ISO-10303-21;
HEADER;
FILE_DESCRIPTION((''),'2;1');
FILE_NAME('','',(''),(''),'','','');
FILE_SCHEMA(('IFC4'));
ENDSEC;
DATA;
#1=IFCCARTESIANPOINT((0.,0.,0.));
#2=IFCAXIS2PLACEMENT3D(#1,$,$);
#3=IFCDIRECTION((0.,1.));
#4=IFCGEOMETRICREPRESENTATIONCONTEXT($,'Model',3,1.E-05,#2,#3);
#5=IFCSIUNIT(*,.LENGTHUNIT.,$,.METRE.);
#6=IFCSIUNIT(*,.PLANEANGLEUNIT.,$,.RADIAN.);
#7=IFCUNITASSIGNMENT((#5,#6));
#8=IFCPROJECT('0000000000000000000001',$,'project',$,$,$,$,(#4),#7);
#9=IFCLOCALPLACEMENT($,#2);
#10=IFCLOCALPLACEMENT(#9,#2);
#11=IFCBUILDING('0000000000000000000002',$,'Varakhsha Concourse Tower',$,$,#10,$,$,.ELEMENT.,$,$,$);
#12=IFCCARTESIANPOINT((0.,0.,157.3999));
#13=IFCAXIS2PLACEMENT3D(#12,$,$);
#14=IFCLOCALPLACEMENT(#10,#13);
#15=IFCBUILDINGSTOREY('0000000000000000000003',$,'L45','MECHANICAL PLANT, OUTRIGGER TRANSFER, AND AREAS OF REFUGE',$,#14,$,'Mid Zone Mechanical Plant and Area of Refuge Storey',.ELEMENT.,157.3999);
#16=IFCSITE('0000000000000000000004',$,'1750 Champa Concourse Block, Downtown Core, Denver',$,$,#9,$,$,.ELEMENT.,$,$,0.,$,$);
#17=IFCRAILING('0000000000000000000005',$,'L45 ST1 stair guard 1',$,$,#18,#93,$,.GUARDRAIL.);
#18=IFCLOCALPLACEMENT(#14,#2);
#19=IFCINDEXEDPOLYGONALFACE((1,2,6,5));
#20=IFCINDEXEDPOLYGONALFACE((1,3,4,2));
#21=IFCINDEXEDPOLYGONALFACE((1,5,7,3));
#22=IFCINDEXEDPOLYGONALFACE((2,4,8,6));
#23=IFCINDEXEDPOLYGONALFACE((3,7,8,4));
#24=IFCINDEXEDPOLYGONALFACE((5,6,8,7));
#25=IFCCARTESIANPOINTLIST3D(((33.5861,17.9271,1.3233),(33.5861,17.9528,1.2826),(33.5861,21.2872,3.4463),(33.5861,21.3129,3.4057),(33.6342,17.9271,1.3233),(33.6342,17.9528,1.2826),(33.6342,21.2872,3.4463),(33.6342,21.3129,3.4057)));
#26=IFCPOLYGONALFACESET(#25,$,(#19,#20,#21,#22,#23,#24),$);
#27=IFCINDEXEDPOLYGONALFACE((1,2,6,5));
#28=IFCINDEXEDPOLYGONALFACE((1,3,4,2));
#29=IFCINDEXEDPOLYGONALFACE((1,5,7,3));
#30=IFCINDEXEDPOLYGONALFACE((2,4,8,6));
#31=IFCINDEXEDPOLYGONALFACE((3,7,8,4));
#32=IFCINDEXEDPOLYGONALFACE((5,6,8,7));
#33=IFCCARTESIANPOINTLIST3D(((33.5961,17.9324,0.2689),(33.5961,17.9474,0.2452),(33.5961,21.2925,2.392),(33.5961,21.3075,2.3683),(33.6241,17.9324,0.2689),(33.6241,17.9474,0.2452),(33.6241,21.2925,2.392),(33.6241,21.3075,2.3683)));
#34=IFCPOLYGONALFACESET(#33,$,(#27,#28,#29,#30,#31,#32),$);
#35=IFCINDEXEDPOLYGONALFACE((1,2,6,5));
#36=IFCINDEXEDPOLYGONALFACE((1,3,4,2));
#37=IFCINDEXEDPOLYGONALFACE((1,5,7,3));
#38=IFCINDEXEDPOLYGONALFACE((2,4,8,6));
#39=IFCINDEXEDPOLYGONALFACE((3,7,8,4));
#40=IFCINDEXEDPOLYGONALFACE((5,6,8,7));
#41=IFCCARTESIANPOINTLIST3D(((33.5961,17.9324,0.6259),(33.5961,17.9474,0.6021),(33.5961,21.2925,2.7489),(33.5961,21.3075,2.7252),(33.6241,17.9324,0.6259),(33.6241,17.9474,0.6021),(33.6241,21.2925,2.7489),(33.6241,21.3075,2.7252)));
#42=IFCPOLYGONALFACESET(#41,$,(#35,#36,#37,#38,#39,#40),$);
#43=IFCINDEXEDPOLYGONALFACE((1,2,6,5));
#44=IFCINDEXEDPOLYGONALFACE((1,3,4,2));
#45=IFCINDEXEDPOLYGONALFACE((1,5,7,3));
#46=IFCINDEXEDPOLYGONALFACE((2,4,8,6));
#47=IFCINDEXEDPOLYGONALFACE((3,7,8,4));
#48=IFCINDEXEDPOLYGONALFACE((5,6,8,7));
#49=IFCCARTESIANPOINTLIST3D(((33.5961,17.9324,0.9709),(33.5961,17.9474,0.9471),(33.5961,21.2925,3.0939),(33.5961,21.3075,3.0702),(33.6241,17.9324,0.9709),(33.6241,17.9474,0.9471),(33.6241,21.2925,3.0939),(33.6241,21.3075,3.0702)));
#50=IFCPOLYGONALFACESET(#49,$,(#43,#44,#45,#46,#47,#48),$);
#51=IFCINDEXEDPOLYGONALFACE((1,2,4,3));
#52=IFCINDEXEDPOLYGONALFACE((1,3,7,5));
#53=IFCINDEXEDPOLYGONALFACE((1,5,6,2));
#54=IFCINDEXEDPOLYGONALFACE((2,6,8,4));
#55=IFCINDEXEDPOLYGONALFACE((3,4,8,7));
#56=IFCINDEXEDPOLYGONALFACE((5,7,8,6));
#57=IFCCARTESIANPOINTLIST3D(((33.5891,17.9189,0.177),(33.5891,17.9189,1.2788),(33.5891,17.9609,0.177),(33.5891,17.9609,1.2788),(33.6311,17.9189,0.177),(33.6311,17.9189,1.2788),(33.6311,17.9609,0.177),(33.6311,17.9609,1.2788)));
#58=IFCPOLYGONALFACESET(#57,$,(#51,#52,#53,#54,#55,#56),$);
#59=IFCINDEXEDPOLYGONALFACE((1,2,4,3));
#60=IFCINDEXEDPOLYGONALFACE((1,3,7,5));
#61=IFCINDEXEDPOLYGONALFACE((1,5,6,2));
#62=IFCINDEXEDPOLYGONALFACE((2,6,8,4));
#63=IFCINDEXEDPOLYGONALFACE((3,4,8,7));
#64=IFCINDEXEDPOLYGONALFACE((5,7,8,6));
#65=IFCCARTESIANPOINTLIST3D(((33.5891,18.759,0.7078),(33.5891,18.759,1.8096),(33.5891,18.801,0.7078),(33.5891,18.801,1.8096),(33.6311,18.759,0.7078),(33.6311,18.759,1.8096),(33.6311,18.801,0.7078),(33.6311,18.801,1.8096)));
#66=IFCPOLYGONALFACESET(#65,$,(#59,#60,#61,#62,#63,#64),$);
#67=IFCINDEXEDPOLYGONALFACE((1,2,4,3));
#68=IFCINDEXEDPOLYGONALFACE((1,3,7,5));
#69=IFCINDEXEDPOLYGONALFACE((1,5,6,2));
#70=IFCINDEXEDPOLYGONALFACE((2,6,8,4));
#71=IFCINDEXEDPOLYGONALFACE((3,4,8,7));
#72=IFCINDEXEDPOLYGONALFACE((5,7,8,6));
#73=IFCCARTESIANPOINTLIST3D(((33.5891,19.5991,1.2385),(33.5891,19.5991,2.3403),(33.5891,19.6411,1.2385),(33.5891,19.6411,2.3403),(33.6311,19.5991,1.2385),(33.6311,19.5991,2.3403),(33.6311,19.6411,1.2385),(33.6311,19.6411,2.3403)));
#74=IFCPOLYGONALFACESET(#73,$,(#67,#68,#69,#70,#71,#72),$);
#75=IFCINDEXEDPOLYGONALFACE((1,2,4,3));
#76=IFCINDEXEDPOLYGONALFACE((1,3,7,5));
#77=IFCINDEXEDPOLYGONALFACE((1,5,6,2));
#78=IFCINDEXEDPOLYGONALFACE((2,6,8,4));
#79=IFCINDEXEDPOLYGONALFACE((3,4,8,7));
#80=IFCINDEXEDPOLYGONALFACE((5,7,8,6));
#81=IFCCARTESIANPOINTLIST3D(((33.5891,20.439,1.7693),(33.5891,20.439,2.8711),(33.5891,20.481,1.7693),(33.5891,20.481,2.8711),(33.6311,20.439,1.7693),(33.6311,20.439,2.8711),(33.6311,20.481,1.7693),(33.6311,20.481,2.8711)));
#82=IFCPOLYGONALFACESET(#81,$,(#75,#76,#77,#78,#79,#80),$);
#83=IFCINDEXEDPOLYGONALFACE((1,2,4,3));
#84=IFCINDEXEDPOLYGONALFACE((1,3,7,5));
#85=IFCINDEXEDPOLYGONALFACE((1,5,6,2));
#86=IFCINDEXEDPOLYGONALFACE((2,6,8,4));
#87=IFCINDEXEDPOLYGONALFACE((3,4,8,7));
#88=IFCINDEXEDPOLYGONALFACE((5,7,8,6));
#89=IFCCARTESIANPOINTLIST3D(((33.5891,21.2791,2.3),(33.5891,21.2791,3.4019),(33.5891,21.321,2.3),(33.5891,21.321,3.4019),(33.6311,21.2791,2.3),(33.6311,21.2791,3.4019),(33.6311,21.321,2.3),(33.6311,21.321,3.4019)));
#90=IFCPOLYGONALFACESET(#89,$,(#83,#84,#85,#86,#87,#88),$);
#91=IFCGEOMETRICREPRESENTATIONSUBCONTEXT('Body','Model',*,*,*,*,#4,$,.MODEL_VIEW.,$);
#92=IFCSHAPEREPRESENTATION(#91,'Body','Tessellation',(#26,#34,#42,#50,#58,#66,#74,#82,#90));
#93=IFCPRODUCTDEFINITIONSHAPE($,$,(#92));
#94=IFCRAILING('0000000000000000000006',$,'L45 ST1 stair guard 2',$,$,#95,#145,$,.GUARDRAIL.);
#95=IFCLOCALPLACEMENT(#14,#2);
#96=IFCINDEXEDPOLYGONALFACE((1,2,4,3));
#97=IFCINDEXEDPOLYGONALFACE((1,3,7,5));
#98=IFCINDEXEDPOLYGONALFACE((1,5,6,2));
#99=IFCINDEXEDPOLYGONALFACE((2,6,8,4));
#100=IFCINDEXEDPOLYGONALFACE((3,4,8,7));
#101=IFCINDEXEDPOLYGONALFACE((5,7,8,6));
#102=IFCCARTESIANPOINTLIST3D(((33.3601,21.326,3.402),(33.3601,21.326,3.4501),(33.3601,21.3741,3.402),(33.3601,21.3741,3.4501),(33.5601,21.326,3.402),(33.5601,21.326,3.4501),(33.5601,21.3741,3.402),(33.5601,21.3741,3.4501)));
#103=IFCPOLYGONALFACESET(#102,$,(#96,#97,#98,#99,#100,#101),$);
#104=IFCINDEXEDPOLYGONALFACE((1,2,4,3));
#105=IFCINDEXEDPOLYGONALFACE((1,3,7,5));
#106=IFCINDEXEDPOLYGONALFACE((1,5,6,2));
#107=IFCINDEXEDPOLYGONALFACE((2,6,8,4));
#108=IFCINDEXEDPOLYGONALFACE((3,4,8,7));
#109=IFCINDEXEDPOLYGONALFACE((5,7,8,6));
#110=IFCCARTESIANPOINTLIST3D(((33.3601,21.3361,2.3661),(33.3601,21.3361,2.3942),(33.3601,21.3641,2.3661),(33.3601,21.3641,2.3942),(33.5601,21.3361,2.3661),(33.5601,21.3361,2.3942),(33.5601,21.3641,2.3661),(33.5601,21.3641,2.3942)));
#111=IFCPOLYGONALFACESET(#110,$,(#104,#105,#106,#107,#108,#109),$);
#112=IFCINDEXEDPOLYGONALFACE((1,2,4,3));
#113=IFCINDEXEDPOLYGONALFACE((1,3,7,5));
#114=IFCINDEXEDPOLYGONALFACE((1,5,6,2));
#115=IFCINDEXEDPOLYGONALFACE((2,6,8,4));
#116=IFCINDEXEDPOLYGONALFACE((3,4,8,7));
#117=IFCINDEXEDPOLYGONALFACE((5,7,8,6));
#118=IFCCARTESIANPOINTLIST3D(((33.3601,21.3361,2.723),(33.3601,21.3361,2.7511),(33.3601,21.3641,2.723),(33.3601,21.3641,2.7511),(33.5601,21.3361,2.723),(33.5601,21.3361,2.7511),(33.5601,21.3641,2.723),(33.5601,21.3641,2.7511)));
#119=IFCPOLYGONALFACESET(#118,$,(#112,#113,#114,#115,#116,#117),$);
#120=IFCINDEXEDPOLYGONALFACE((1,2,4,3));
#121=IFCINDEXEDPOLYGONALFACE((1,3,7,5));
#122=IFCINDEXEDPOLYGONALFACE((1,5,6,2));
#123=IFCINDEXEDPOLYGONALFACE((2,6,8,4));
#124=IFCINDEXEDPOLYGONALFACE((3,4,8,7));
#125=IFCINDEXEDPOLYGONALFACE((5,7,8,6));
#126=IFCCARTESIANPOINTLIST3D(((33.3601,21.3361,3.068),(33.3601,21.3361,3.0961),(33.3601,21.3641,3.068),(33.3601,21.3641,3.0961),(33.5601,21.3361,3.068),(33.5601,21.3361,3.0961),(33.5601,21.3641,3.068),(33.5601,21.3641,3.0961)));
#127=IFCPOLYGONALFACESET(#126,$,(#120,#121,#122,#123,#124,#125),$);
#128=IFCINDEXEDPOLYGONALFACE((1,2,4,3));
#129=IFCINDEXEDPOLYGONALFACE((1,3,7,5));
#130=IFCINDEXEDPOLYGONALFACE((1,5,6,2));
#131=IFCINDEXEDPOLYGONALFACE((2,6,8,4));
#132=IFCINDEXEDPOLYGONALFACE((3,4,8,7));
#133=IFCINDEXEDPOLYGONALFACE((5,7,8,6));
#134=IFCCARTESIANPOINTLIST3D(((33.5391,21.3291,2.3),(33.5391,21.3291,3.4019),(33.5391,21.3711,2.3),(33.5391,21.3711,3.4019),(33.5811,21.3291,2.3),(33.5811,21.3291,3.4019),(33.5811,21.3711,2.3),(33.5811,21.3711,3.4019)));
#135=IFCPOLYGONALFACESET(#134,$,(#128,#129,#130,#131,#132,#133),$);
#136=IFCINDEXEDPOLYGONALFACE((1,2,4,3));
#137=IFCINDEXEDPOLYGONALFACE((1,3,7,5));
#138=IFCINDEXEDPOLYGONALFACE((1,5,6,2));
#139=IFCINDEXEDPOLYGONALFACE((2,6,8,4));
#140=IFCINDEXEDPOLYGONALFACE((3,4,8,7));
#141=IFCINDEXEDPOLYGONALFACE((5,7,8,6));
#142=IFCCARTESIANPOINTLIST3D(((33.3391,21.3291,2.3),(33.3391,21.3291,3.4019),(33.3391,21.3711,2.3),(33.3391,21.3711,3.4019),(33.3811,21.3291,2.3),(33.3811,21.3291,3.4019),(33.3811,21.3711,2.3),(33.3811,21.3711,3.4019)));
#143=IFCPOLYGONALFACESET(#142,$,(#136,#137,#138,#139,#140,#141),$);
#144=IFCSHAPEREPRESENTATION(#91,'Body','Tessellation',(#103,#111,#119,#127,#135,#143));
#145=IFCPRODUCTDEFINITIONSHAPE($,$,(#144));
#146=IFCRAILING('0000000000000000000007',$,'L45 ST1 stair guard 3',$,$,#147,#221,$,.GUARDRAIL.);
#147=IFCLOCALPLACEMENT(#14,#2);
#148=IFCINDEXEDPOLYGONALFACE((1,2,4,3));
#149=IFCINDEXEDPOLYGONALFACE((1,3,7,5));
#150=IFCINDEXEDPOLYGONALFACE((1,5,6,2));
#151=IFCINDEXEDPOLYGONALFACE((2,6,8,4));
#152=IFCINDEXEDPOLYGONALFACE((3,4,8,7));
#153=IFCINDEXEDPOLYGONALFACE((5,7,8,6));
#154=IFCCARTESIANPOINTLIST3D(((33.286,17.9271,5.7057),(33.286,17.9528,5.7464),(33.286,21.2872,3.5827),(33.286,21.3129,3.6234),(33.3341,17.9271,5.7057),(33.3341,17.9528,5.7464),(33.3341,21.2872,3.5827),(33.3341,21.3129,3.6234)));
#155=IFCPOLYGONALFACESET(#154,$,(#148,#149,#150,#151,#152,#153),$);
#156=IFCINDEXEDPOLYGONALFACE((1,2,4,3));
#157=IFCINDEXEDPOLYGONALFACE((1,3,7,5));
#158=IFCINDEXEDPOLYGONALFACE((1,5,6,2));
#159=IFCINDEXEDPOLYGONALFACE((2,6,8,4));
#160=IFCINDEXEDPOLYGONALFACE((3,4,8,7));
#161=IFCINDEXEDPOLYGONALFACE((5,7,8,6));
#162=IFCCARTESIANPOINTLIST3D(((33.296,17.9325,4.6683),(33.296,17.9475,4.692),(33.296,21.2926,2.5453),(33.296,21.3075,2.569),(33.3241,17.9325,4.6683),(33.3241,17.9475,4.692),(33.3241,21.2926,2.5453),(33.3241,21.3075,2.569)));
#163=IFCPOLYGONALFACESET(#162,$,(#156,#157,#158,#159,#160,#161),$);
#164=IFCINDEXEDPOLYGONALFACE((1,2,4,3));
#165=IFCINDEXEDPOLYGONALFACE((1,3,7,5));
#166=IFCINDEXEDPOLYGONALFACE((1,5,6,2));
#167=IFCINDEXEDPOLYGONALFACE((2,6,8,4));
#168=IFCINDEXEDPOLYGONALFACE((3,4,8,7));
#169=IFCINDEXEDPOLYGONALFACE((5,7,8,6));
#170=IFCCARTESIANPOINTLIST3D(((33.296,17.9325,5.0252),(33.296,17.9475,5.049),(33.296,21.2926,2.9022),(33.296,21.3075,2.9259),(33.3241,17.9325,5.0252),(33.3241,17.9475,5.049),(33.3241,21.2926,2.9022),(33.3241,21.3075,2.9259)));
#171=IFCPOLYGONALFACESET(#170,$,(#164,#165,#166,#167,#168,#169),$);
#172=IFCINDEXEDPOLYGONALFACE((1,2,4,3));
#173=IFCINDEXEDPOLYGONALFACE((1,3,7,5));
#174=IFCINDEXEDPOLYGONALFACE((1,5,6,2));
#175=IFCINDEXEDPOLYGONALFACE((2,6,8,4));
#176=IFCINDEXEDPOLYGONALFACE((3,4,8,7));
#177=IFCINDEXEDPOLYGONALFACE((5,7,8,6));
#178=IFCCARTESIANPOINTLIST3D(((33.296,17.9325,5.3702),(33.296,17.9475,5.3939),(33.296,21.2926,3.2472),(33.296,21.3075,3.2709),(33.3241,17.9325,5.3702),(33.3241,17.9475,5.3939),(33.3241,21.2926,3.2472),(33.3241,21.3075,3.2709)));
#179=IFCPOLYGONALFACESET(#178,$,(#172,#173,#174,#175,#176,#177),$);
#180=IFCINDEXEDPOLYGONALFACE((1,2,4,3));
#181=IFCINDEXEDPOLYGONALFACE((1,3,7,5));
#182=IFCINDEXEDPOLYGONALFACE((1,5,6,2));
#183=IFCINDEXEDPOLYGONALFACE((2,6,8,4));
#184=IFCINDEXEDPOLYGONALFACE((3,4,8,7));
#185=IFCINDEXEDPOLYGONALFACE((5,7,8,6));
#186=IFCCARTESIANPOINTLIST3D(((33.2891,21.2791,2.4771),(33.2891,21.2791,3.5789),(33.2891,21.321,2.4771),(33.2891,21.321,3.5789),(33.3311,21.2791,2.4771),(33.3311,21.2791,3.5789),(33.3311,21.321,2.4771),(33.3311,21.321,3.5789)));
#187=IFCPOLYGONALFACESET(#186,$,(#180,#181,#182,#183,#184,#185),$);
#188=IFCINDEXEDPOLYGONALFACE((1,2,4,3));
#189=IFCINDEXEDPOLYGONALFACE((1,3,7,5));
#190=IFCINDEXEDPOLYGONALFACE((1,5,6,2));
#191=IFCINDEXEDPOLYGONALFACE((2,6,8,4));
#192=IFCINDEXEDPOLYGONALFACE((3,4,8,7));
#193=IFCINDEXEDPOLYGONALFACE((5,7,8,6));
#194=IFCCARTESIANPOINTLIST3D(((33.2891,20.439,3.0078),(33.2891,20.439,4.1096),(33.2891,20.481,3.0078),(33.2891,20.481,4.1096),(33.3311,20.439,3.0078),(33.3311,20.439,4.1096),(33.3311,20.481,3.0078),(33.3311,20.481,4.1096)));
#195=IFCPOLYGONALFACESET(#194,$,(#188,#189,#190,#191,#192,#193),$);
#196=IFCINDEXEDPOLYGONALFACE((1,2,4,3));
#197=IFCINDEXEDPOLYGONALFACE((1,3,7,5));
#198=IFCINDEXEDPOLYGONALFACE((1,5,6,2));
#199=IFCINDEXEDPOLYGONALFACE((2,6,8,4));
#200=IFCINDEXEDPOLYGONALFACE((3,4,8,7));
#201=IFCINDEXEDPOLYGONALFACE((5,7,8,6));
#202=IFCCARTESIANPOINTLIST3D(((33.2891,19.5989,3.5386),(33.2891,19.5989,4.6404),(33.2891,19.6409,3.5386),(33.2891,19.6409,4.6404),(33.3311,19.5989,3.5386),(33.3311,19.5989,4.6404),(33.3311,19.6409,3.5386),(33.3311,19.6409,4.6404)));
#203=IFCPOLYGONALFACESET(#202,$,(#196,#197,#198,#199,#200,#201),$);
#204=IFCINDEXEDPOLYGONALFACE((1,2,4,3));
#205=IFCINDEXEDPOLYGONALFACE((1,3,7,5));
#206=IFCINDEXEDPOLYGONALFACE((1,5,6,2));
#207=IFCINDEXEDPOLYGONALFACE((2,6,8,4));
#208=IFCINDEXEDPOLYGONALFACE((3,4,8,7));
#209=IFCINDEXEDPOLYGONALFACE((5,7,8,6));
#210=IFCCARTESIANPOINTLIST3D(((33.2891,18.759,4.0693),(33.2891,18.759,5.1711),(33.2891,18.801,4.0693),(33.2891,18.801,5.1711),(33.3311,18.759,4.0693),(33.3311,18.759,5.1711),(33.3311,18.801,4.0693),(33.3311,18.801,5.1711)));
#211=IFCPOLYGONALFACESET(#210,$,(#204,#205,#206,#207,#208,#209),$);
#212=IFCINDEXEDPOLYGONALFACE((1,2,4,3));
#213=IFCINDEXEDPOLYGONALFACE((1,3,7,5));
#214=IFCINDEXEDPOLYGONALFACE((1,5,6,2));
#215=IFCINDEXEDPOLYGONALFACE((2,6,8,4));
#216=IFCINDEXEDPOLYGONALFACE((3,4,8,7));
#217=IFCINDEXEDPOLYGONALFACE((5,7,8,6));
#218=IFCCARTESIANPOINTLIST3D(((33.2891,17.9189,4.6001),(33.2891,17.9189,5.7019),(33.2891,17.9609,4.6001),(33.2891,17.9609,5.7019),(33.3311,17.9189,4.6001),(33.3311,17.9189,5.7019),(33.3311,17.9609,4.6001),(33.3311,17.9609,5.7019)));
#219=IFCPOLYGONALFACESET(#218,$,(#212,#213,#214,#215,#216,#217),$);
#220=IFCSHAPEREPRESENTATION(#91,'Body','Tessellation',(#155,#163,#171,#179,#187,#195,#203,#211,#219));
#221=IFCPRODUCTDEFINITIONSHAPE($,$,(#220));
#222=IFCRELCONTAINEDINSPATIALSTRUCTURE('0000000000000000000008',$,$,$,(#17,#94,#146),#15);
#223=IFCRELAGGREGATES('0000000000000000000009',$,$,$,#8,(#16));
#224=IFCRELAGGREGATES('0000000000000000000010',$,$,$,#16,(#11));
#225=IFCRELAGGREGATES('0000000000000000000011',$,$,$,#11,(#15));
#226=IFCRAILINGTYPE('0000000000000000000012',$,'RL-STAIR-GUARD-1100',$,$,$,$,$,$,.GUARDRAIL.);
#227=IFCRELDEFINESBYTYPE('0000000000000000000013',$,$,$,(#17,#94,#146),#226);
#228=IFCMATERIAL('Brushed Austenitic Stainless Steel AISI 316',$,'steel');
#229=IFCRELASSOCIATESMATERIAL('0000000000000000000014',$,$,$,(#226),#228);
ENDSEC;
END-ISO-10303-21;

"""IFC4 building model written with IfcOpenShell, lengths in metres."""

from ifc_helpers import new_model, si_unit, direction, frame, origin, origin_2d, place, context, subcontext, project, spatial, rectangle, extrude, material, type_object, element, save


model = new_model("IFC4")

# Units and contexts
model_context = context("Model", 3, precision=1e-05, world=origin(), true_north=direction((0.0, 1.0)))
body_context = subcontext(model_context, "Body", "Model", "MODEL_VIEW")
ifc_project = project(units=[si_unit("LENGTHUNIT", "METRE"), si_unit("PLANEANGLEUNIT", "RADIAN")], contexts=[model_context])

# Site, building, storey
site_placement = place(None, origin())
site = spatial("IfcSite", under=ifc_project, at=site_placement, Name="1750 Champa Concourse Block, Downtown Core, Denver", CompositionType="ELEMENT", RefElevation=0.0)
building_placement = place(site_placement, origin())
building = spatial("IfcBuilding", under=site, at=building_placement, Name="Varakhsha Concourse Tower", CompositionType="ELEMENT")
storey_placement = place(building_placement, frame((0.0, 0.0, 157.3999)))
storey = spatial("IfcBuildingStorey", under=building, at=storey_placement, Name="L45", Description="MECHANICAL PLANT, OUTRIGGER TRANSFER, AND AREAS OF REFUGE", LongName="Mid Zone Mechanical Plant and Area of Refuge Storey", CompositionType="ELEMENT", Elevation=157.3999)

# Railings
ifc_material_1 = material(Name="Brushed Austenitic Stainless Steel AISI 316", Category="steel")
railing_type_1 = type_object("IfcRailingType", Name="RL-STAIR-GUARD-1100", PredefinedType="GUARDRAIL", material=ifc_material_1)
railing_1_placement = place(storey_placement, frame((33.6101, 17.9399, 0.177)))
element("IfcRailing", 1, at=railing_1_placement, inside=storey, type_object=railing_type_1, Name="L45 ST1 stair guard 1", PredefinedType="GUARDRAIL", context=body_context, shape_type="SweptSolid", body=[
    extrude(rectangle(XDim=0.0481, YDim=0.0481, at=origin_2d()), frame((0.0, 0.0, 1.126), z_axis=(0.0, 0.84539, 0.53415), x_axis=(-1.0, 0.0, 0.0)), (0.0, 0.0, 1.0), 3.9746),
    extrude(rectangle(XDim=0.0281, YDim=0.0281, at=origin_2d()), frame((0.0, 0.0, 0.0801), z_axis=(0.0, 0.84539, 0.53415), x_axis=(-1.0, 0.0, 0.0)), (0.0, 0.0, 1.0), 3.9746),
    extrude(rectangle(XDim=0.0281, YDim=0.0281, at=origin_2d()), frame((0.0, 0.0, 0.437), z_axis=(0.0, 0.84539, 0.53415), x_axis=(-1.0, 0.0, 0.0)), (0.0, 0.0, 1.0), 3.9746),
    extrude(rectangle(XDim=0.0281, YDim=0.0281, at=origin_2d()), frame((0.0, 0.0, 0.782), z_axis=(0.0, 0.84539, 0.53415), x_axis=(-1.0, 0.0, 0.0)), (0.0, 0.0, 1.0), 3.9746),
    extrude(rectangle(XDim=0.042, YDim=0.042, at=origin_2d()), origin(), (0.0, 0.0, 1.0), 1.1018),
    extrude(rectangle(XDim=0.042, YDim=0.042, at=origin_2d()), frame((0.0, 0.8401, 0.5308)), (0.0, 0.0, 1.0), 1.1018),
    extrude(rectangle(XDim=0.042, YDim=0.042, at=origin_2d()), frame((0.0, 1.6802, 1.0615)), (0.0, 0.0, 1.0), 1.1018),
    extrude(rectangle(XDim=0.042, YDim=0.042, at=origin_2d()), frame((0.0, 2.52, 1.5923)), (0.0, 0.0, 1.0), 1.1018),
    extrude(rectangle(XDim=0.042, YDim=0.042, at=origin_2d()), frame((0.0, 3.3601, 2.123)), (0.0, 0.0, 1.0), 1.1018),
])
railing_2_placement = place(storey_placement, frame((33.5601, 21.3501, 2.3)))
element("IfcRailing", 2, at=railing_2_placement, inside=storey, type_object=railing_type_1, Name="L45 ST1 stair guard 2", PredefinedType="GUARDRAIL", context=body_context, shape_type="SweptSolid", body=[
    extrude(rectangle(XDim=0.0481, YDim=0.0481, at=origin_2d()), frame((0.0, 0.0, 1.126), z_axis=(-1.0, 0.0, 0.0), x_axis=(0.0, -1.0, 0.0)), (0.0, 0.0, 1.0), 0.2),
    extrude(rectangle(XDim=0.0281, YDim=0.0281, at=origin_2d()), frame((0.0, 0.0, 0.0801), z_axis=(-1.0, 0.0, 0.0), x_axis=(0.0, -1.0, 0.0)), (0.0, 0.0, 1.0), 0.2),
    extrude(rectangle(XDim=0.0281, YDim=0.0281, at=origin_2d()), frame((0.0, 0.0, 0.437), z_axis=(-1.0, 0.0, 0.0), x_axis=(0.0, -1.0, 0.0)), (0.0, 0.0, 1.0), 0.2),
    extrude(rectangle(XDim=0.0281, YDim=0.0281, at=origin_2d()), frame((0.0, 0.0, 0.782), z_axis=(-1.0, 0.0, 0.0), x_axis=(0.0, -1.0, 0.0)), (0.0, 0.0, 1.0), 0.2),
    extrude(rectangle(XDim=0.042, YDim=0.042, at=origin_2d()), origin(), (0.0, 0.0, 1.0), 1.1018),
    extrude(rectangle(XDim=0.042, YDim=0.042, at=origin_2d()), frame((-0.2, 0.0, 0.0)), (0.0, 0.0, 1.0), 1.1018),
])
railing_3_placement = place(storey_placement, frame((33.3101, 21.3, 2.4771)))
element("IfcRailing", 3, at=railing_3_placement, inside=storey, type_object=railing_type_1, Name="L45 ST1 stair guard 3", PredefinedType="GUARDRAIL", context=body_context, shape_type="SweptSolid", body=[
    extrude(rectangle(XDim=0.0481, YDim=0.0481, at=origin_2d()), frame((0.0, 0.0, 1.126), z_axis=(0.0, -0.84539, 0.53415), x_axis=(1.0, 0.0, 0.0)), (0.0, 0.0, 1.0), 3.9746),
    extrude(rectangle(XDim=0.0281, YDim=0.0281, at=origin_2d()), frame((0.0, 0.0, 0.0801), z_axis=(0.0, -0.84539, 0.53415), x_axis=(1.0, 0.0, 0.0)), (0.0, 0.0, 1.0), 3.9746),
    extrude(rectangle(XDim=0.0281, YDim=0.0281, at=origin_2d()), frame((0.0, 0.0, 0.437), z_axis=(0.0, -0.84539, 0.53415), x_axis=(1.0, 0.0, 0.0)), (0.0, 0.0, 1.0), 3.9746),
    extrude(rectangle(XDim=0.0281, YDim=0.0281, at=origin_2d()), frame((0.0, 0.0, 0.782), z_axis=(0.0, -0.84539, 0.53415), x_axis=(1.0, 0.0, 0.0)), (0.0, 0.0, 1.0), 3.9746),
    extrude(rectangle(XDim=0.042, YDim=0.042, at=origin_2d()), origin(), (0.0, 0.0, 1.0), 1.1018),
    extrude(rectangle(XDim=0.042, YDim=0.042, at=origin_2d()), frame((0.0, -0.8401, 0.5308)), (0.0, 0.0, 1.0), 1.1018),
    extrude(rectangle(XDim=0.042, YDim=0.042, at=origin_2d()), frame((0.0, -1.6802, 1.0615)), (0.0, 0.0, 1.0), 1.1018),
    extrude(rectangle(XDim=0.042, YDim=0.042, at=origin_2d()), frame((0.0, -2.52, 1.5923)), (0.0, 0.0, 1.0), 1.1018),
    extrude(rectangle(XDim=0.042, YDim=0.042, at=origin_2d()), frame((0.0, -3.3601, 2.123)), (0.0, 0.0, 1.0), 1.1018),
])

save(model, "model.ifc")
